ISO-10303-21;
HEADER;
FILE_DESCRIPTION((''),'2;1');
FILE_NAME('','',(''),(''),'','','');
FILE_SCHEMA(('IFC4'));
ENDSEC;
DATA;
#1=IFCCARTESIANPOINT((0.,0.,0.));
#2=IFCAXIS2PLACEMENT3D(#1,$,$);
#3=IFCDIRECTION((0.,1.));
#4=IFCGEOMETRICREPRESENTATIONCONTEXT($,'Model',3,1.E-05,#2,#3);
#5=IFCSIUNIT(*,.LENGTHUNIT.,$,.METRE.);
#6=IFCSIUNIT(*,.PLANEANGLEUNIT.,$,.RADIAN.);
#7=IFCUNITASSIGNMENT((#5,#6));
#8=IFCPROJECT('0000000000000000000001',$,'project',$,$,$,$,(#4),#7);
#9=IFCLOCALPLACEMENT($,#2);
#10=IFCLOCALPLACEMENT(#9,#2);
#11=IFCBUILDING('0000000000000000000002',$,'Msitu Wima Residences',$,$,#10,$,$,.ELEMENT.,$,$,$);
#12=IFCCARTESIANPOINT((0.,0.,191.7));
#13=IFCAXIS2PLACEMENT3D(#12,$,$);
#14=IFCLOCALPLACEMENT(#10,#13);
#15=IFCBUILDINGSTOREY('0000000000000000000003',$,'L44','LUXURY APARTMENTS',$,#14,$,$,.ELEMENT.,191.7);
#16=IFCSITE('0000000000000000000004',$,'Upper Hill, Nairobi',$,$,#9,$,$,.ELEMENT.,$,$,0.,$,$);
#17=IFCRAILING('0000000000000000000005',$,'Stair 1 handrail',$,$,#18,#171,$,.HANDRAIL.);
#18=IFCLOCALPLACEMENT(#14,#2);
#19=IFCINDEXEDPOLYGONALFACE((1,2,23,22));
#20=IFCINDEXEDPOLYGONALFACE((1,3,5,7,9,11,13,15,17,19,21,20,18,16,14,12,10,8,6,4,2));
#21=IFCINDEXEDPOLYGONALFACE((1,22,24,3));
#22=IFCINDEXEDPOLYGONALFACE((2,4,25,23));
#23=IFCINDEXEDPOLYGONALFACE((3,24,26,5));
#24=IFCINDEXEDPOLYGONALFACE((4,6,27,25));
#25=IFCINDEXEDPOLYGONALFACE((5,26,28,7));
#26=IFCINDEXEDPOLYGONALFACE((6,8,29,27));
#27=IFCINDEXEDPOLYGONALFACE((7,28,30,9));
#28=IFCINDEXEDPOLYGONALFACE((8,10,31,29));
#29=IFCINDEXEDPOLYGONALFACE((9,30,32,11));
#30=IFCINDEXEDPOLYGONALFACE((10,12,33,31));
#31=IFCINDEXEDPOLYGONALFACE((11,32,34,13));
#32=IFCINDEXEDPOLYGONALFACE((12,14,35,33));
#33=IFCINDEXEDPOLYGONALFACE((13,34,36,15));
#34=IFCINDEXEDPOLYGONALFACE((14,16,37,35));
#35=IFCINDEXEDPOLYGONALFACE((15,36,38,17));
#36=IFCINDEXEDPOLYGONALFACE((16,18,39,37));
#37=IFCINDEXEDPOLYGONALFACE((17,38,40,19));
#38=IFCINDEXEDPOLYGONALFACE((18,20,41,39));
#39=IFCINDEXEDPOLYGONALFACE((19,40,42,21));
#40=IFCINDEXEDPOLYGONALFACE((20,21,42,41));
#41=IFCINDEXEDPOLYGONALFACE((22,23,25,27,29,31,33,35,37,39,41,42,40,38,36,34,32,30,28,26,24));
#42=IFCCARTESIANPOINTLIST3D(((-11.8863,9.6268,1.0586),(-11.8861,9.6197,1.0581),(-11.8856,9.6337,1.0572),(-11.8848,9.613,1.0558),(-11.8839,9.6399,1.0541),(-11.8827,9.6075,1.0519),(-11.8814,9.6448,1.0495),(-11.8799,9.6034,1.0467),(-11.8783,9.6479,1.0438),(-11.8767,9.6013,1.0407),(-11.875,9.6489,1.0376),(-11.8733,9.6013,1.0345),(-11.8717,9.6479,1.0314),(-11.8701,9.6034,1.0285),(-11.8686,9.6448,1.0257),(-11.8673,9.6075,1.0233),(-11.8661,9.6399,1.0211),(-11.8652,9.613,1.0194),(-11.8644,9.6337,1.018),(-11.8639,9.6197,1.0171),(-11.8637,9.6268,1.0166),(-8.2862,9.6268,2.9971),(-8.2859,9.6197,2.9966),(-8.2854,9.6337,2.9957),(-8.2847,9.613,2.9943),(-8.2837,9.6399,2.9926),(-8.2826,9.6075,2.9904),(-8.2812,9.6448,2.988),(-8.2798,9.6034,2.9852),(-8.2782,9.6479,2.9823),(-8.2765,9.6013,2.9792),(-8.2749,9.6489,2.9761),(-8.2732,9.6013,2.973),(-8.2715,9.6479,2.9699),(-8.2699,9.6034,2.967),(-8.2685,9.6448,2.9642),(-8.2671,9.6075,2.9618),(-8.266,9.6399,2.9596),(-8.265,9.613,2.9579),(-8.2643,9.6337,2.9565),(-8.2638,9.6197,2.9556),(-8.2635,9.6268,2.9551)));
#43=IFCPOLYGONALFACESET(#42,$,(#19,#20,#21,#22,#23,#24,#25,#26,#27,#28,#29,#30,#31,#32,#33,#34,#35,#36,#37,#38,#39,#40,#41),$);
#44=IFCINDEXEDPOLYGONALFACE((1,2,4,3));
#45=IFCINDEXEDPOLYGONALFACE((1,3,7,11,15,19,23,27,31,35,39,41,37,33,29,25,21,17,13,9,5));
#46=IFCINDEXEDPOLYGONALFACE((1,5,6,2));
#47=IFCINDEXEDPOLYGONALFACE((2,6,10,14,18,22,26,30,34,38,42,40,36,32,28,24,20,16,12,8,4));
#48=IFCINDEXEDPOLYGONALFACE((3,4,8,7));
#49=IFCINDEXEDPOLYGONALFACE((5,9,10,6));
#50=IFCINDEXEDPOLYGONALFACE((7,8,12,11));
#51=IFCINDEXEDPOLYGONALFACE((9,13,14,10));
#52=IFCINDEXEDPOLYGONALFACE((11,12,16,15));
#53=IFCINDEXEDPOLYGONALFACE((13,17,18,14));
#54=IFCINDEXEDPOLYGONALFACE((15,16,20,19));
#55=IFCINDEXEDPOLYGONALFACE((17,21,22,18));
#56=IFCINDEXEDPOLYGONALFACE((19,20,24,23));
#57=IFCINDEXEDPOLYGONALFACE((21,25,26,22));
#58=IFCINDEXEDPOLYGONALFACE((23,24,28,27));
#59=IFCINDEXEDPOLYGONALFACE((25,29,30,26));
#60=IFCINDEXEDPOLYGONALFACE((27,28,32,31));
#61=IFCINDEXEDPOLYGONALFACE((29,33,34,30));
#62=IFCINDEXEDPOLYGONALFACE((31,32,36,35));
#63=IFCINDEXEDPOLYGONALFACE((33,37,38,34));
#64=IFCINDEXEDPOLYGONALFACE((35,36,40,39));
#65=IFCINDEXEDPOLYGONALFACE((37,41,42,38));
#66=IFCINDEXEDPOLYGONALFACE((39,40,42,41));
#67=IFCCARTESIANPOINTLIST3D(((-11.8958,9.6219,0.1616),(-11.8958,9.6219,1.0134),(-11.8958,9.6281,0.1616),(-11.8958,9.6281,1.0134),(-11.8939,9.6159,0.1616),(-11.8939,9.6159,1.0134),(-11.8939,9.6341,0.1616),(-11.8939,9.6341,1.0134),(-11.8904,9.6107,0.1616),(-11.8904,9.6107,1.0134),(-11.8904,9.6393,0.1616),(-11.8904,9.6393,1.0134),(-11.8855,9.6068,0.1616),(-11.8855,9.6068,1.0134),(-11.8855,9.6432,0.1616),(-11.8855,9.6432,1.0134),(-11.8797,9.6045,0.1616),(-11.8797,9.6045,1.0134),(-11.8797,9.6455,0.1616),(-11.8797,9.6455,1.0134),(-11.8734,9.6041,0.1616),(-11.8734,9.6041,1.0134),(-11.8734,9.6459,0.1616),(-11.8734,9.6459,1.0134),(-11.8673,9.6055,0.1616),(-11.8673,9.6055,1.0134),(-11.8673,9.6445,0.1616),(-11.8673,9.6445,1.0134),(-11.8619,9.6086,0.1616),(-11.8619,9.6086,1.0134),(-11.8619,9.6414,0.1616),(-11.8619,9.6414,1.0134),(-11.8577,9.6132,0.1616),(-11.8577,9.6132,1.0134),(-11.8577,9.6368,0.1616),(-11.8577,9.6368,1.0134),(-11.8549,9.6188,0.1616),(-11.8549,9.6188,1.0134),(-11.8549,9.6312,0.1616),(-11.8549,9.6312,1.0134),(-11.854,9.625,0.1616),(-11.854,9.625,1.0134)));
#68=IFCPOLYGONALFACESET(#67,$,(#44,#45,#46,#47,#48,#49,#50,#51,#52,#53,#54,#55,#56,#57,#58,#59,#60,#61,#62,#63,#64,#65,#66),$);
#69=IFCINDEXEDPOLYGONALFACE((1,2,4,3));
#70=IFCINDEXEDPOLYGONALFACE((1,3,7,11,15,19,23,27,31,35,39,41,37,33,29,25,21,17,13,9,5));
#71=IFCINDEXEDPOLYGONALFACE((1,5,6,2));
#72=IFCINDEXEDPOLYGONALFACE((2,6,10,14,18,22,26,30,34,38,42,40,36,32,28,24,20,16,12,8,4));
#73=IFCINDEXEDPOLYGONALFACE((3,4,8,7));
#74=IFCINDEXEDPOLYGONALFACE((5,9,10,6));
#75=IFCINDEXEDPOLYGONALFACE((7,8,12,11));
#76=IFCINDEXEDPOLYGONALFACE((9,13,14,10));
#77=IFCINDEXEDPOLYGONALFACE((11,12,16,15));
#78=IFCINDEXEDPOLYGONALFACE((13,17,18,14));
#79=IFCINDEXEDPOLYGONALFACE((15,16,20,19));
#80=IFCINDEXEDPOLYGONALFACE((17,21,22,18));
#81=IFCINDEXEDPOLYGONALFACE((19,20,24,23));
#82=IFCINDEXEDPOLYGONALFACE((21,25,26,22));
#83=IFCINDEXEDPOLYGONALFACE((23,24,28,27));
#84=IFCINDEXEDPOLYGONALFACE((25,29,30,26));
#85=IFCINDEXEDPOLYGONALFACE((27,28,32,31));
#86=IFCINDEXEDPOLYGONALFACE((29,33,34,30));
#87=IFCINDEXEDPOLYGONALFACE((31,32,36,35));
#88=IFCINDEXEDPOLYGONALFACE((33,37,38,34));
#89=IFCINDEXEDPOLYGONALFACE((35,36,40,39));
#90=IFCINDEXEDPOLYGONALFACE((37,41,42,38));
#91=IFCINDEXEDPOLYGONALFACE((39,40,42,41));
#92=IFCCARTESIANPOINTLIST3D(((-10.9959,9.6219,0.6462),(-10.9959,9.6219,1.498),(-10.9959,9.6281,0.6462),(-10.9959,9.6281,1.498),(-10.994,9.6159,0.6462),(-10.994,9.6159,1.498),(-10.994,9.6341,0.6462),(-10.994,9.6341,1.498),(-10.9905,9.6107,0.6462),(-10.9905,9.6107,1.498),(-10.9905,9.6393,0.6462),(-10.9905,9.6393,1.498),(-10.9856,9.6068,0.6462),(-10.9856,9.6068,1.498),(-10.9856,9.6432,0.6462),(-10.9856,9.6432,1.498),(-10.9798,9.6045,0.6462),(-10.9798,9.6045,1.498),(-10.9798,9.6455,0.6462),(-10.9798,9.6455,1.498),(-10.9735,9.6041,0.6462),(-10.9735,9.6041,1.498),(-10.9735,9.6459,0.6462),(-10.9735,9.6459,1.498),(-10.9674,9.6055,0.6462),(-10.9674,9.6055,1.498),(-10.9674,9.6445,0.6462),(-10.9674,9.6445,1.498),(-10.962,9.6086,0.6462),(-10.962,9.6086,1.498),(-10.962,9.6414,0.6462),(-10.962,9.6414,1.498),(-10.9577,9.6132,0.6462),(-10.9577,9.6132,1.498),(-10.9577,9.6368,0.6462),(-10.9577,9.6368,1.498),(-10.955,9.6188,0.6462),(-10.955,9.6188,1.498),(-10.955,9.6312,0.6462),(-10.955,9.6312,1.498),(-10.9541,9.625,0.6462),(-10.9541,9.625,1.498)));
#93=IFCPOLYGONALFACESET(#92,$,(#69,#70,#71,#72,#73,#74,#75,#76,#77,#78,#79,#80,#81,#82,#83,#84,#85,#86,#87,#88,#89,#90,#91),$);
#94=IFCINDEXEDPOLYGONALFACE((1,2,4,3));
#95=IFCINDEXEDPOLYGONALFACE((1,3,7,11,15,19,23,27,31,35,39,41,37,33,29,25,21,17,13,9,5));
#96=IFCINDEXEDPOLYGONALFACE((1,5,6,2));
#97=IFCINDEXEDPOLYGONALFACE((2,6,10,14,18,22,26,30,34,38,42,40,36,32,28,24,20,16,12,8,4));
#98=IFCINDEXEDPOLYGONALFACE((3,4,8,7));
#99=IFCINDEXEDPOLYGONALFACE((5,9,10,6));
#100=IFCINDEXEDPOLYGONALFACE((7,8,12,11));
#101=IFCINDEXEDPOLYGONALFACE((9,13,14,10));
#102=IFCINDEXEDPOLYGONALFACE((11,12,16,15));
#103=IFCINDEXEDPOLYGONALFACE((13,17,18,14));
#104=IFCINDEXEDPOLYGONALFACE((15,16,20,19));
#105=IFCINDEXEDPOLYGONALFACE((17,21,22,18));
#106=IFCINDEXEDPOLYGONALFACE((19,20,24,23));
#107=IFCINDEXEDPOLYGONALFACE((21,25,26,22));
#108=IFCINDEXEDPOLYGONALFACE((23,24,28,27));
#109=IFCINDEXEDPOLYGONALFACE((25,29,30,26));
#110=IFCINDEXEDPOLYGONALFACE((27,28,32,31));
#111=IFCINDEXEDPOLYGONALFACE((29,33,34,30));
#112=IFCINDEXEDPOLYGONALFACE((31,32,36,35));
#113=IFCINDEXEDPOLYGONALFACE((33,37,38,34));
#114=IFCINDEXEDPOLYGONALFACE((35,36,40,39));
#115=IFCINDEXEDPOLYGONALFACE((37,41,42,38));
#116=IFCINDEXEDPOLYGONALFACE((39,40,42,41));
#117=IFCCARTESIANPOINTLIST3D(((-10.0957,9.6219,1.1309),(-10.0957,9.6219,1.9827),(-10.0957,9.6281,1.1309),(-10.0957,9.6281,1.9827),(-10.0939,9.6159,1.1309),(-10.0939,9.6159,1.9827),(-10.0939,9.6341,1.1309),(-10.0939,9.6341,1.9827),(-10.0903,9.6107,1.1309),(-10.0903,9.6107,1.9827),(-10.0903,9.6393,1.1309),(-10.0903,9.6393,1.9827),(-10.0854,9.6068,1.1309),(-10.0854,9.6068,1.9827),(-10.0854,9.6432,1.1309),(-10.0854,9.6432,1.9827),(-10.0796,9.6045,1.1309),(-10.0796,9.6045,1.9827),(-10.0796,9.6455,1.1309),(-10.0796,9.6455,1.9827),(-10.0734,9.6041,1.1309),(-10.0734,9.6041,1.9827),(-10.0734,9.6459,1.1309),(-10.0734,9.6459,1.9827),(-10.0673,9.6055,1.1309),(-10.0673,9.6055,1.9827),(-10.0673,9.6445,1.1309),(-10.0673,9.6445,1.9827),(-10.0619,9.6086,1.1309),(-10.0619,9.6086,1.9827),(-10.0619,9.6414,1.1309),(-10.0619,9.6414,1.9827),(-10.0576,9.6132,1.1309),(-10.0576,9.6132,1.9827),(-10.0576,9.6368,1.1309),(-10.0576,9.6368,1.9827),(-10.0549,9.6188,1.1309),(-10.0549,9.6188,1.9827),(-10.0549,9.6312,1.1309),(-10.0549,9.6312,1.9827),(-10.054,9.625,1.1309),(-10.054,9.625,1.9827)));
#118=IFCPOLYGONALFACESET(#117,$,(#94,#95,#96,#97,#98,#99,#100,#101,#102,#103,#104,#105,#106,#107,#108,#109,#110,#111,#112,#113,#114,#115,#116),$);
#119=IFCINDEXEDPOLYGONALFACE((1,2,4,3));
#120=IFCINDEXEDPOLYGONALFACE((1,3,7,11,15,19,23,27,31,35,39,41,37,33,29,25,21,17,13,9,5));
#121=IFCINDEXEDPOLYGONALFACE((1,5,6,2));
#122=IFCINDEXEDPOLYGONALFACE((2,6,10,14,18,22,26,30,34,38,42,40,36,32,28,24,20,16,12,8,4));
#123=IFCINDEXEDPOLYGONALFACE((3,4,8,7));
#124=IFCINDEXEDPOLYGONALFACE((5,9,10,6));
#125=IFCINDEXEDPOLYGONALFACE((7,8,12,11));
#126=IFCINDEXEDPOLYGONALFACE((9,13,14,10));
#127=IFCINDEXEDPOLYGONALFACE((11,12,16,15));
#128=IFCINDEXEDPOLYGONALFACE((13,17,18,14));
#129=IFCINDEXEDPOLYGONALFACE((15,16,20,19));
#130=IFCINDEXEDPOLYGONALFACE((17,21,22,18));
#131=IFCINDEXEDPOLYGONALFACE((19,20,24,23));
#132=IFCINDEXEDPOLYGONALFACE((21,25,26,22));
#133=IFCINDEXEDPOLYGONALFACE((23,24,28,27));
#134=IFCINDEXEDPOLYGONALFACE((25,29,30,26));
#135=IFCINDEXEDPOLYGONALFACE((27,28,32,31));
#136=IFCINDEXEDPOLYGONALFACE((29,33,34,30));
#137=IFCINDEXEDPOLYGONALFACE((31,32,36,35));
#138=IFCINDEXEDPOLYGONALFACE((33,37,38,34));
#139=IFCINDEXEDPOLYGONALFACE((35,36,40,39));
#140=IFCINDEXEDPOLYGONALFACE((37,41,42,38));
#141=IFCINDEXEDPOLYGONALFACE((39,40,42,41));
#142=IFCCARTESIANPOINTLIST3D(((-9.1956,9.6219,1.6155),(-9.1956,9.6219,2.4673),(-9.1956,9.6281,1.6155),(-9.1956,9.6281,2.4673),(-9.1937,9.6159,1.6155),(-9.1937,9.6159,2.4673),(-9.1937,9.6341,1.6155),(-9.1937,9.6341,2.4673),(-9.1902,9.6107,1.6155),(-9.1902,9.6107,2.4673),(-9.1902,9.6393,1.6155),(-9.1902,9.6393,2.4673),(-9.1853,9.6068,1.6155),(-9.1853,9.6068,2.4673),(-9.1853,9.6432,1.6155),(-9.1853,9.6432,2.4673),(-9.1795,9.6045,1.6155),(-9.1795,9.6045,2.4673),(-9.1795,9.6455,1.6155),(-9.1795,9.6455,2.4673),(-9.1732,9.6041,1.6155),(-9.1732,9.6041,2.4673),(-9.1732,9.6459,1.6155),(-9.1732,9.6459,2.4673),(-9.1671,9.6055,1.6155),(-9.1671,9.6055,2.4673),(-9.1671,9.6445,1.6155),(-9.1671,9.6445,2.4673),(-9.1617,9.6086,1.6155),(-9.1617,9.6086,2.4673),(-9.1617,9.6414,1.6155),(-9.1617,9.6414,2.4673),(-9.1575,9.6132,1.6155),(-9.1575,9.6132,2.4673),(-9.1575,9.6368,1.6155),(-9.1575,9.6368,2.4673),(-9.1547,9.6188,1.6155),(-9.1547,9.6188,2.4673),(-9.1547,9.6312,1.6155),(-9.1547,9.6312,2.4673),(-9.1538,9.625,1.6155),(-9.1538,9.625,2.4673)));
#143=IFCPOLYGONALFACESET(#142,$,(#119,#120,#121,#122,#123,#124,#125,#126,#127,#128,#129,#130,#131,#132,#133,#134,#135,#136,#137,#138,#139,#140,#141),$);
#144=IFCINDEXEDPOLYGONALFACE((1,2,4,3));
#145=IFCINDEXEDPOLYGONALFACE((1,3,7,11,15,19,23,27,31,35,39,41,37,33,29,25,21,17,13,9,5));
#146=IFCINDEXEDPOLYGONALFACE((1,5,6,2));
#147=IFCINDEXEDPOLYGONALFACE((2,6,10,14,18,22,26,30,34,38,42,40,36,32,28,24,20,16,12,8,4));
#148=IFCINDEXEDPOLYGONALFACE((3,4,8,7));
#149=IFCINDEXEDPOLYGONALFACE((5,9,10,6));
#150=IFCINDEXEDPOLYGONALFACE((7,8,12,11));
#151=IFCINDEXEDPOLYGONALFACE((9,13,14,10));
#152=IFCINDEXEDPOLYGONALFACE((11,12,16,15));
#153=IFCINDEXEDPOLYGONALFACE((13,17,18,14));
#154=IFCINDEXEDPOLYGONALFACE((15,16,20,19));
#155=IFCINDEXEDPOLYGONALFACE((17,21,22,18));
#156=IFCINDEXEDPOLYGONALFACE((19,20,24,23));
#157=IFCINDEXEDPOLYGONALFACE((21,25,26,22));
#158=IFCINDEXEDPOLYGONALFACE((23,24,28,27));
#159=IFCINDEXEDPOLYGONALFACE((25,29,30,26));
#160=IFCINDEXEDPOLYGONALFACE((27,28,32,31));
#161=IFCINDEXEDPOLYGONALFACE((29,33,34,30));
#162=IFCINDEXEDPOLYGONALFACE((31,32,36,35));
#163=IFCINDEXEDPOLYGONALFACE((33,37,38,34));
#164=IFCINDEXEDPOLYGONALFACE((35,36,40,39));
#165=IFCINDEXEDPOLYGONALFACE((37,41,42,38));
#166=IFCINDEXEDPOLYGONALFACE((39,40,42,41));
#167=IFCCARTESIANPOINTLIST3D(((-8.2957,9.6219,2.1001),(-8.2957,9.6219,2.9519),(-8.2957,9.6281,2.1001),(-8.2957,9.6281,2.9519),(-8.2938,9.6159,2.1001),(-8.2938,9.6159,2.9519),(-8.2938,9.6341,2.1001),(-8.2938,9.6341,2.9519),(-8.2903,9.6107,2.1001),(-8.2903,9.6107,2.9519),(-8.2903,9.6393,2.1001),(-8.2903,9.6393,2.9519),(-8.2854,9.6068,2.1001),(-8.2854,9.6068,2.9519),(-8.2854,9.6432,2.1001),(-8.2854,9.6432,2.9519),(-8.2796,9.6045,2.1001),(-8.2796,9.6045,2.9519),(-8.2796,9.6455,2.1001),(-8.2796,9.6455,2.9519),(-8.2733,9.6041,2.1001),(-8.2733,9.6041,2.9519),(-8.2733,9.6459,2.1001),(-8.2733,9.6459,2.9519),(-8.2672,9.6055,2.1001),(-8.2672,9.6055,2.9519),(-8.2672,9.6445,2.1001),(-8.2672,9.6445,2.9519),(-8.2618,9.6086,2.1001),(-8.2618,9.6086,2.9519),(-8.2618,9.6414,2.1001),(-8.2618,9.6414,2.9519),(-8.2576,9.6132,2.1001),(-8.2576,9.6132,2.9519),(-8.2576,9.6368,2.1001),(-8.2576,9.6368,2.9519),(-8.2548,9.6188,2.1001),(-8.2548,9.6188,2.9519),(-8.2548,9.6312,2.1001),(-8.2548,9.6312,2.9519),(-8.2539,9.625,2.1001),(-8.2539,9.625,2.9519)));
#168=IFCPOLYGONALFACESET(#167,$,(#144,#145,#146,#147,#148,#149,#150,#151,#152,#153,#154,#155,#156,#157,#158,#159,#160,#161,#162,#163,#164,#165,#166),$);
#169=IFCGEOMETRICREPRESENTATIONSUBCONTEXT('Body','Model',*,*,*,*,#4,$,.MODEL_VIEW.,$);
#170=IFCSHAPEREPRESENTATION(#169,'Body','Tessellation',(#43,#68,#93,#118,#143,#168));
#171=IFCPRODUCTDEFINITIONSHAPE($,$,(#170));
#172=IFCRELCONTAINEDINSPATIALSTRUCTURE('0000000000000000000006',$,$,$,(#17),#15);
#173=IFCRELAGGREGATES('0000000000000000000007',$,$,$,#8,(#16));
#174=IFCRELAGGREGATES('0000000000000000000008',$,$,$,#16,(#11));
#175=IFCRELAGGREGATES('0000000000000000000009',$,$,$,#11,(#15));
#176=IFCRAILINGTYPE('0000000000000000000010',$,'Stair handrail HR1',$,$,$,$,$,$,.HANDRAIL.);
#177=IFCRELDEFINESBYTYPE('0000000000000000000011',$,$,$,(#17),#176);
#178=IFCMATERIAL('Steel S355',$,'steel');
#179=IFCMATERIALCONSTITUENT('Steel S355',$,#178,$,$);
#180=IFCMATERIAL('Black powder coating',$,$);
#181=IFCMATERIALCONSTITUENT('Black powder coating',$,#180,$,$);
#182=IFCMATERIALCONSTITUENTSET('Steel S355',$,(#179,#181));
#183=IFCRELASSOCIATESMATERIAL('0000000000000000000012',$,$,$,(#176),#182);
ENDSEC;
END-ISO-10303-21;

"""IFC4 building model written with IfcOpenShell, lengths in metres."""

from ifc_helpers import new_model, si_unit, direction, frame, origin, origin_2d, place, context, subcontext, project, spatial, circle, extrude, material, constituent, constituent_set, type_object, element, save


model = new_model("IFC4")

# Units and contexts
model_context = context("Model", 3, precision=1e-05, world=origin(), true_north=direction((0.0, 1.0)))
body_context = subcontext(model_context, "Body", "Model", "MODEL_VIEW")
ifc_project = project(units=[si_unit("LENGTHUNIT", "METRE"), si_unit("PLANEANGLEUNIT", "RADIAN")], contexts=[model_context])

# Site, building, storey
site_placement = place(None, origin())
site = spatial("IfcSite", under=ifc_project, at=site_placement, Name="Upper Hill, Nairobi", CompositionType="ELEMENT", RefElevation=0.0)
building_placement = place(site_placement, origin())
building = spatial("IfcBuilding", under=site, at=building_placement, Name="Msitu Wima Residences", CompositionType="ELEMENT")
storey_placement = place(building_placement, frame((0.0, 0.0, 191.7)))
storey = spatial("IfcBuildingStorey", under=building, at=storey_placement, Name="L44", Description="LUXURY APARTMENTS", CompositionType="ELEMENT", Elevation=191.7)

# Railing
ifc_material_1 = material(Name="Steel S355", Category="steel")
ifc_constituent_1 = constituent(ifc_material_1, Name="Steel S355")
ifc_material_2 = material(Name="Black powder coating")
ifc_constituent_2 = constituent(ifc_material_2, Name="Black powder coating")
ifc_constituent_set = constituent_set(constituents=[ifc_constituent_1, ifc_constituent_2], Name="Steel S355")
railing_type = type_object("IfcRailingType", Name="Stair handrail HR1", PredefinedType="HANDRAIL", material=ifc_constituent_set)
for number, where, name in (
    (1, (-11.875, 9.625, 0.1616), "Stair 1 handrail"),
):
    element("IfcRailing", number, at=place(storey_placement, frame(where)), inside=storey, type_object=railing_type, Name=name, PredefinedType="HANDRAIL", context=body_context, shape_type="SweptSolid", body=[
        extrude(circle(Radius=0.0239, at=origin_2d()), frame((0.0, 0.0, 0.876), z_axis=(0.880475, 0.0, 0.474093), x_axis=(0.0, 1.0, 0.0)), (0.0, 0.0, 1.0), 4.0889),
        extrude(circle(Radius=0.021, at=origin_2d()), origin(), (0.0, 0.0, 1.0), 0.8518),
        extrude(circle(Radius=0.021, at=origin_2d()), frame((0.8999, 0.0, 0.4846)), (0.0, 0.0, 1.0), 0.8518),
        extrude(circle(Radius=0.021, at=origin_2d()), frame((1.8, 0.0, 0.9692)), (0.0, 0.0, 1.0), 0.8518),
        extrude(circle(Radius=0.021, at=origin_2d()), frame((2.7002, 0.0, 1.4539)), (0.0, 0.0, 1.0), 0.8518),
        extrude(circle(Radius=0.021, at=origin_2d()), frame((3.6001, 0.0, 1.9385)), (0.0, 0.0, 1.0), 0.8518),
    ])

save(model, "model.ifc")
